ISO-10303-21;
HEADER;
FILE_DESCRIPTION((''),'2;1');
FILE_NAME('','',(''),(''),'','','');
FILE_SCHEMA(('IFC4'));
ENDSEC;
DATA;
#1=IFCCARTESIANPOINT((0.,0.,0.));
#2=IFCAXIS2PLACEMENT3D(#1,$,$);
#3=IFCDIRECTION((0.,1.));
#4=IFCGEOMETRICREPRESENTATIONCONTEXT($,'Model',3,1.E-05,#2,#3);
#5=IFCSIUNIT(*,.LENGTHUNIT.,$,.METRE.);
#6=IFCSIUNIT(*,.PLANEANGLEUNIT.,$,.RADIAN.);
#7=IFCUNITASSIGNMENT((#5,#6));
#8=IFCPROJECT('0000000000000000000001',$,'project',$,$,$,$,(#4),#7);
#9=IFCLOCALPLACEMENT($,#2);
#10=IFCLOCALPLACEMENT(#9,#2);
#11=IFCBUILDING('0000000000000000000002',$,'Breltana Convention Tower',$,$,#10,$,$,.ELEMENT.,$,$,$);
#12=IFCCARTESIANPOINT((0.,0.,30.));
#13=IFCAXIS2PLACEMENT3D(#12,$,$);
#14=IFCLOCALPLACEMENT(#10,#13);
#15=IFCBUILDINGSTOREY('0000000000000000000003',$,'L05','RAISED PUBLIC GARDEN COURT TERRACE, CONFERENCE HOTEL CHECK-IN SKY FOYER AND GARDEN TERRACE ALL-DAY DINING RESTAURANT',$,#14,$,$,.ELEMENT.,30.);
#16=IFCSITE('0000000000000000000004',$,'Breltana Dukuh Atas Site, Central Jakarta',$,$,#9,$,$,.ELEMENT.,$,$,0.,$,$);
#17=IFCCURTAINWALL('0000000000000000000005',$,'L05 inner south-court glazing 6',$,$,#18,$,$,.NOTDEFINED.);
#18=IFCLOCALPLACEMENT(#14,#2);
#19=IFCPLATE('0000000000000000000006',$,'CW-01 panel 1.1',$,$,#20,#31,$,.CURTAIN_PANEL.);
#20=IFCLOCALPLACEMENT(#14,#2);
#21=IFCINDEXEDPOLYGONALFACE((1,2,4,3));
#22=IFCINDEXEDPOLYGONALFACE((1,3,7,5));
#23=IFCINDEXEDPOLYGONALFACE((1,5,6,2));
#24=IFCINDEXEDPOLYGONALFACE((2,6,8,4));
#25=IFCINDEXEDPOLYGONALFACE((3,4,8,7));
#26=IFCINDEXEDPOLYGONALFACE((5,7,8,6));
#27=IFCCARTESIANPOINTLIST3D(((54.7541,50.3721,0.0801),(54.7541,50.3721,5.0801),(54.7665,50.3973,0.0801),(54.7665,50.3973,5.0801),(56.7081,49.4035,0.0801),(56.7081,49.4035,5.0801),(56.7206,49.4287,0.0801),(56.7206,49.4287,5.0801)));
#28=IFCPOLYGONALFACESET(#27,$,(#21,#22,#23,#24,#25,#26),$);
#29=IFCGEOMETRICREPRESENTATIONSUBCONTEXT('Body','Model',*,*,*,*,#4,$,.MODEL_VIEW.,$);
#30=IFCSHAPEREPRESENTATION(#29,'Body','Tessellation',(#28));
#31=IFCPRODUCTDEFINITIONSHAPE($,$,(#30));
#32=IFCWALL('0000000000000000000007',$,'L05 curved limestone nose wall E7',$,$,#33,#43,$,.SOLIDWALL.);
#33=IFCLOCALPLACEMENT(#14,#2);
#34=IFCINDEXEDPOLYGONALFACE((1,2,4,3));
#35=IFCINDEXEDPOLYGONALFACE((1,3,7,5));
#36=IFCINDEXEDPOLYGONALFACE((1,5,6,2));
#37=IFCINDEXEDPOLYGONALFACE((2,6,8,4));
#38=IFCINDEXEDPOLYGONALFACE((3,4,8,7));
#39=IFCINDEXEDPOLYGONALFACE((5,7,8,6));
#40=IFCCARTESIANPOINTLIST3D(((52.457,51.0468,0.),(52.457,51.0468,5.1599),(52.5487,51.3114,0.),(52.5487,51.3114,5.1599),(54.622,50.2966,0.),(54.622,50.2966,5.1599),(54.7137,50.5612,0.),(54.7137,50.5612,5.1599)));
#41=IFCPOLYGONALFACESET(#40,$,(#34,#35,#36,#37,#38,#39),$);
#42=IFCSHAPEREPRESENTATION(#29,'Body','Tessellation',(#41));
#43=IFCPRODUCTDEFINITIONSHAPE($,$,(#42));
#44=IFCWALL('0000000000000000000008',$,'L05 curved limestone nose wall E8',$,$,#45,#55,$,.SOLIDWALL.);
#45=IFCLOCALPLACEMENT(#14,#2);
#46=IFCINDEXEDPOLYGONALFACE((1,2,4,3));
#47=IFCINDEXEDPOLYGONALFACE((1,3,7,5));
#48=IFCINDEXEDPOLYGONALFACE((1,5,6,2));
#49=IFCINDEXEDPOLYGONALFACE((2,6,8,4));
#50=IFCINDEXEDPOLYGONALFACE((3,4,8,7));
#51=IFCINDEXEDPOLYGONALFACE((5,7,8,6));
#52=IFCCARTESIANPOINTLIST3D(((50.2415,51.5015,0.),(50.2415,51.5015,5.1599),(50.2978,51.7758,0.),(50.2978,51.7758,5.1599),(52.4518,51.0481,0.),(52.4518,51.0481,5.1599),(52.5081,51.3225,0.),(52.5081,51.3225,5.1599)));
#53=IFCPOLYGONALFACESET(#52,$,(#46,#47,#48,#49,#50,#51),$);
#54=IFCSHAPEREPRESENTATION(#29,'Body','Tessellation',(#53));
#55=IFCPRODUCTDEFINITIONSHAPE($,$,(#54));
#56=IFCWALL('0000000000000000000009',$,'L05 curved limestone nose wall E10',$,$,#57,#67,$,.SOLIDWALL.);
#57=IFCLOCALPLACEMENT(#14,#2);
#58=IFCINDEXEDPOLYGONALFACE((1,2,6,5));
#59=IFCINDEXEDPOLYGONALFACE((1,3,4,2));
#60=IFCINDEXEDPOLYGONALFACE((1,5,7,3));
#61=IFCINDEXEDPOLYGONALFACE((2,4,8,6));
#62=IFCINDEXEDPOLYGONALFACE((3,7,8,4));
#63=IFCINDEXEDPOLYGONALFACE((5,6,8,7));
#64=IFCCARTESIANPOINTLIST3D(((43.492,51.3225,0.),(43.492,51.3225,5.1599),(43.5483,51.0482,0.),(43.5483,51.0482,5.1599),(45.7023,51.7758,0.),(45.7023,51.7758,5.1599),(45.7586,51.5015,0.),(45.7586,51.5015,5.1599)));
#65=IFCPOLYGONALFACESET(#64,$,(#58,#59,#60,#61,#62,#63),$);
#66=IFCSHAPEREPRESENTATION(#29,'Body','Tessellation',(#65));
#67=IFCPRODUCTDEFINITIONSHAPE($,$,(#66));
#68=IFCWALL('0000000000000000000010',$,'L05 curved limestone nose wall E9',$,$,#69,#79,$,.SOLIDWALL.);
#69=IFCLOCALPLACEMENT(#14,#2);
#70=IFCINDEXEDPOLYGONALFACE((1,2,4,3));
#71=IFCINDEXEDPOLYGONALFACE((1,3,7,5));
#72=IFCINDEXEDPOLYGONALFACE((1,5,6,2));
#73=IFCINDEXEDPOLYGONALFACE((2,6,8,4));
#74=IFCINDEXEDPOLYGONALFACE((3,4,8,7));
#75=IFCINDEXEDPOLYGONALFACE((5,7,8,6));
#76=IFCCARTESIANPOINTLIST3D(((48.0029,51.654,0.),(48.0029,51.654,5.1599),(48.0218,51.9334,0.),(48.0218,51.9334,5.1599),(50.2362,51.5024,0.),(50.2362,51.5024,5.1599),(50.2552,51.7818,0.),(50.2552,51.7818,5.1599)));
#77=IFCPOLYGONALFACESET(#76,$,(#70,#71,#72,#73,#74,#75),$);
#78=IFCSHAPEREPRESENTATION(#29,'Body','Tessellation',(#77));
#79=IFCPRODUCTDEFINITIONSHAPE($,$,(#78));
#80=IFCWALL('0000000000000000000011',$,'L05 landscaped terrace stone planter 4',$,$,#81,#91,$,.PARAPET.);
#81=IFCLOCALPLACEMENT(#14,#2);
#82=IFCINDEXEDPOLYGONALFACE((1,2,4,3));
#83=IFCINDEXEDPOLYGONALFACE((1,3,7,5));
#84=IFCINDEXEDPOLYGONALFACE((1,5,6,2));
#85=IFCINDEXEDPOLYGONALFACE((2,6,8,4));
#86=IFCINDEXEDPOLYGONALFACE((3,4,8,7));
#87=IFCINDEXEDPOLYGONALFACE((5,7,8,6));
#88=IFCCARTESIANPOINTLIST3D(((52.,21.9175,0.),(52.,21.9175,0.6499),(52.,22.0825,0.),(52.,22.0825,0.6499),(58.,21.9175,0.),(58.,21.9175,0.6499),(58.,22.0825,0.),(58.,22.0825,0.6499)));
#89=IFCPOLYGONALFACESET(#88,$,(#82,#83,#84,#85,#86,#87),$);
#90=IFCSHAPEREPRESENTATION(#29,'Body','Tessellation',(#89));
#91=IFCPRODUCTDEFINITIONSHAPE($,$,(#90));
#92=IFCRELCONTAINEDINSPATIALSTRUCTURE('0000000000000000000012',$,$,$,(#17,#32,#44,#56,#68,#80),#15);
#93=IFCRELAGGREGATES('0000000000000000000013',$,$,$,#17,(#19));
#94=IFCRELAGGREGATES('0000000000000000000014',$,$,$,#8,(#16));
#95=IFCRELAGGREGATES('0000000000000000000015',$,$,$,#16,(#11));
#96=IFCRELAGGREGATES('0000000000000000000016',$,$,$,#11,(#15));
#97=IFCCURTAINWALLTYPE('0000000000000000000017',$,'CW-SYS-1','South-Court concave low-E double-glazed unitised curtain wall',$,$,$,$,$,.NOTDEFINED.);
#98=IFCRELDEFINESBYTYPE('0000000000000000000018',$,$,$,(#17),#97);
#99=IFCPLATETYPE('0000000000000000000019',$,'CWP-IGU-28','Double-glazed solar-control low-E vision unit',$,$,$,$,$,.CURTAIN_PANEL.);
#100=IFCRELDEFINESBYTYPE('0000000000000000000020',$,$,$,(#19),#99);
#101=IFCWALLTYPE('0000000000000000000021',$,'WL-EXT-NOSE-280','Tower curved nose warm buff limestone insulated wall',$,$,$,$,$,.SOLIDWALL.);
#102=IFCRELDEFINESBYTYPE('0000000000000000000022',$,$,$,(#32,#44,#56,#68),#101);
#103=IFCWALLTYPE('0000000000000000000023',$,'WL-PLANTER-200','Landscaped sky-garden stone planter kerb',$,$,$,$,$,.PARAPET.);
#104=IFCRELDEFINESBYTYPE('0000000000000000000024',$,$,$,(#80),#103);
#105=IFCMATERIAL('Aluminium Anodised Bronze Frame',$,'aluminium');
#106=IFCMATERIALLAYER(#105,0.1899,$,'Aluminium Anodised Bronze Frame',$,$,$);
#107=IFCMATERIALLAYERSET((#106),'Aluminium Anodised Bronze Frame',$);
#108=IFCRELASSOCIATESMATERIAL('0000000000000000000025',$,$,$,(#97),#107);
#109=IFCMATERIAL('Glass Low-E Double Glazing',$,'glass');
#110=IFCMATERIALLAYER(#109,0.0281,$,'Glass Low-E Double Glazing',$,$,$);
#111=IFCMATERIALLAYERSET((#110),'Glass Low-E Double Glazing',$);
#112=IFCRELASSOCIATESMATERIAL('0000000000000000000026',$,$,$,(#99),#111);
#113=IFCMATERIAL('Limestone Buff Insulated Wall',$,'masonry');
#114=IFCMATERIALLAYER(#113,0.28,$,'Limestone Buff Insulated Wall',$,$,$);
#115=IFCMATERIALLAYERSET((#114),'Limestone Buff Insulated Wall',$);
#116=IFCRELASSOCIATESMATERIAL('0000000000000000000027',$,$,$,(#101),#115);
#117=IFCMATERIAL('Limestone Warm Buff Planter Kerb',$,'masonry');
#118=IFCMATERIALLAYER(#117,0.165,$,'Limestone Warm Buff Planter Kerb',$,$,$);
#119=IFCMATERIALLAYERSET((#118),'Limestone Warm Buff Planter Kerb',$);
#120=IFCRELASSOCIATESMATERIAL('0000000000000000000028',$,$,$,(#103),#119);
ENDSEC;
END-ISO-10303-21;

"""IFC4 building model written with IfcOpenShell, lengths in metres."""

from ifc_helpers import new_model, si_unit, direction, frame, frame_2d, origin, origin_2d, place, context, subcontext, project, spatial, rectangle, extrude, source, transform, mapped, material, layer, layer_set, type_object, type_shapes, element, aggregate, save


model = new_model("IFC4")

# Units and contexts
model_context = context("Model", 3, precision=1e-05, world=origin(), true_north=direction((0.0, 1.0)))
body_context = subcontext(model_context, "Body", "Model", "MODEL_VIEW")
ifc_project = project(units=[si_unit("LENGTHUNIT", "METRE"), si_unit("PLANEANGLEUNIT", "RADIAN")], contexts=[model_context])

# Site, building, storey
site_placement = place(None, origin())
site = spatial("IfcSite", under=ifc_project, at=site_placement, Name="Breltana Dukuh Atas Site, Central Jakarta", CompositionType="ELEMENT", RefElevation=0.0)
building_placement = place(site_placement, origin())
building = spatial("IfcBuilding", under=site, at=building_placement, Name="Breltana Convention Tower", CompositionType="ELEMENT")
storey_placement = place(building_placement, frame((0.0, 0.0, 30.0)))
storey = spatial("IfcBuildingStorey", under=building, at=storey_placement, Name="L05", Description="RAISED PUBLIC GARDEN COURT TERRACE, CONFERENCE HOTEL CHECK-IN SKY FOYER AND GARDEN TERRACE ALL-DAY DINING RESTAURANT", CompositionType="ELEMENT", Elevation=30.0)

# Shared definitions
ifc_material_1 = material(Name="Aluminium Anodised Bronze Frame", Category="aluminium")
ifc_layer_1 = layer(ifc_material_1, 0.1899, Name="Aluminium Anodised Bronze Frame")
ifc_layer_set_1 = layer_set([ifc_layer_1], Name="Aluminium Anodised Bronze Frame")
curtain_wall_type = type_object("IfcCurtainWallType", Name="CW-SYS-1", Description="South-Court concave low-E double-glazed unitised curtain wall", PredefinedType="NOTDEFINED", material=ifc_layer_set_1)

# Curtain wall
curtain_wall_1_placement = place(storey_placement, origin())
curtain_wall_1 = element("IfcCurtainWall", 1, at=curtain_wall_1_placement, inside=storey, type_object=curtain_wall_type, Name="L05 inner south-court glazing 6", PredefinedType="NOTDEFINED")

# Plate
ifc_material_2 = material(Name="Glass Low-E Double Glazing", Category="glass")
ifc_layer_2 = layer(ifc_material_2, 0.0281, Name="Glass Low-E Double Glazing")
ifc_layer_set_2 = layer_set([ifc_layer_2], Name="Glass Low-E Double Glazing")
plate_type = type_object("IfcPlateType", Name="CWP-IGU-28", Description="Double-glazed solar-control low-E vision unit", PredefinedType="CURTAIN_PANEL", material=ifc_layer_set_2)
shared_shape_1 = source(origin(), body_context, "Body", "SweptSolid", [
    extrude(rectangle(XDim=2.1809, YDim=0.0281, at=origin_2d()), origin(), (0.0, 0.0, 1.0), 5.0),
])
plate_1_placement = place(storey_placement, frame((55.7373, 49.9004, 0.0801), z_axis=(0.0, 0.0, 1.0), x_axis=(-0.895968, 0.444118, 0.0)))
plate_1 = element("IfcPlate", 2, at=plate_1_placement, type_object=plate_type, Name="CW-01 panel 1.1", PredefinedType="CURTAIN_PANEL", context=body_context, shape_type="MappedRepresentation", body=[
    mapped(shared_shape_1, transform((0.0, 0.0, 0.0), scale=1.0)),
])
aggregate(curtain_wall_1, [plate_1])

# Walls
ifc_material_3 = material(Name="Limestone Buff Insulated Wall", Category="masonry")
ifc_layer_3 = layer(ifc_material_3, 0.28, Name="Limestone Buff Insulated Wall")
ifc_layer_set_3 = layer_set([ifc_layer_3], Name="Limestone Buff Insulated Wall")
wall_type_1 = type_object("IfcWallType", Name="WL-EXT-NOSE-280", Description="Tower curved nose warm buff limestone insulated wall", PredefinedType="SOLIDWALL", material=ifc_layer_set_3)
shared_shape_2 = source(origin(), body_context, "Body", "SweptSolid", [
    extrude(rectangle(XDim=2.2913, YDim=0.28, at=frame_2d((1.1455, 0.0))), origin(), (0.0, 0.0, 1.0), 5.1599),
])
wall_1_placement = place(storey_placement, frame((54.6677, 50.429, 0.0), z_axis=(0.0, 0.0, 1.0), x_axis=(-0.944877, 0.327425, 0.0)))
element("IfcWall", 3, at=wall_1_placement, inside=storey, type_object=wall_type_1, Name="L05 curved limestone nose wall E7", PredefinedType="SOLIDWALL", context=body_context, shape_type="MappedRepresentation", body=[
    mapped(shared_shape_2, transform((0.0, 0.0, 0.0), scale=1.0)),
])
shared_shape_3 = source(origin(), body_context, "Body", "SweptSolid", [
    extrude(rectangle(XDim=2.2563, YDim=0.28, at=frame_2d((1.1282, 0.0))), origin(), (0.0, 0.0, 1.0), 5.1599),
])
for number, where, z_axis, x_axis, name in (
    (4, (52.48, 51.1853, 0.0), (0.0, 0.0, 1.0), (-0.979608, 0.20092, 0.0), "L05 curved limestone nose wall E8"),
    (5, (45.7305, 51.6387, 0.0), (0.0, 0.0, 1.0), (-0.979608, -0.20092, 0.0), "L05 curved limestone nose wall E10"),
):
    element("IfcWall", number, at=place(storey_placement, frame(where, z_axis=z_axis, x_axis=x_axis)), inside=storey, type_object=wall_type_1, Name=name, PredefinedType="SOLIDWALL", context=body_context, shape_type="MappedRepresentation", body=[
        mapped(shared_shape_3, transform((0.0, 0.0, 0.0), scale=1.0)),
    ])
shared_shape_4 = source(origin(), body_context, "Body", "SweptSolid", [
    extrude(rectangle(XDim=2.2385, YDim=0.28, at=frame_2d((1.1191, 0.0))), origin(), (0.0, 0.0, 1.0), 5.1599),
])
wall_2_placement = place(storey_placement, frame((50.2456, 51.6421, 0.0), z_axis=(0.0, 0.0, 1.0), x_axis=(-0.997704, 0.067728, 0.0)))
element("IfcWall", 6, at=wall_2_placement, inside=storey, type_object=wall_type_1, Name="L05 curved limestone nose wall E9", PredefinedType="SOLIDWALL", context=body_context, shape_type="MappedRepresentation", body=[
    mapped(shared_shape_4, transform((0.0, 0.0, 0.0), scale=1.0)),
])
ifc_material_4 = material(Name="Limestone Warm Buff Planter Kerb", Category="masonry")
ifc_layer_4 = layer(ifc_material_4, 0.165, Name="Limestone Warm Buff Planter Kerb")
ifc_layer_set_4 = layer_set([ifc_layer_4], Name="Limestone Warm Buff Planter Kerb")
wall_type_2 = type_object("IfcWallType", Name="WL-PLANTER-200", Description="Landscaped sky-garden stone planter kerb", PredefinedType="PARAPET", material=ifc_layer_set_4)
shared_shape_5 = source(origin(), body_context, "Body", "SweptSolid", [
    extrude(rectangle(XDim=6.0, YDim=0.165, at=frame_2d((3.0, 0.0))), origin(), (0.0, 0.0, 1.0), 0.6499),
])
type_shapes(wall_type_2, [shared_shape_5])
wall_3_placement = place(storey_placement, frame((52.0, 22.0, 0.0), z_axis=(0.0, 0.0, 1.0), x_axis=(1.0, 0.0, 0.0)))
element("IfcWall", 7, at=wall_3_placement, inside=storey, type_object=wall_type_2, Name="L05 landscaped terrace stone planter 4", PredefinedType="PARAPET", context=body_context, shape_type="MappedRepresentation", body=[
    mapped(shared_shape_5, transform((0.0, 0.0, 0.0), scale=1.0)),
])

save(model, "model.ifc")
